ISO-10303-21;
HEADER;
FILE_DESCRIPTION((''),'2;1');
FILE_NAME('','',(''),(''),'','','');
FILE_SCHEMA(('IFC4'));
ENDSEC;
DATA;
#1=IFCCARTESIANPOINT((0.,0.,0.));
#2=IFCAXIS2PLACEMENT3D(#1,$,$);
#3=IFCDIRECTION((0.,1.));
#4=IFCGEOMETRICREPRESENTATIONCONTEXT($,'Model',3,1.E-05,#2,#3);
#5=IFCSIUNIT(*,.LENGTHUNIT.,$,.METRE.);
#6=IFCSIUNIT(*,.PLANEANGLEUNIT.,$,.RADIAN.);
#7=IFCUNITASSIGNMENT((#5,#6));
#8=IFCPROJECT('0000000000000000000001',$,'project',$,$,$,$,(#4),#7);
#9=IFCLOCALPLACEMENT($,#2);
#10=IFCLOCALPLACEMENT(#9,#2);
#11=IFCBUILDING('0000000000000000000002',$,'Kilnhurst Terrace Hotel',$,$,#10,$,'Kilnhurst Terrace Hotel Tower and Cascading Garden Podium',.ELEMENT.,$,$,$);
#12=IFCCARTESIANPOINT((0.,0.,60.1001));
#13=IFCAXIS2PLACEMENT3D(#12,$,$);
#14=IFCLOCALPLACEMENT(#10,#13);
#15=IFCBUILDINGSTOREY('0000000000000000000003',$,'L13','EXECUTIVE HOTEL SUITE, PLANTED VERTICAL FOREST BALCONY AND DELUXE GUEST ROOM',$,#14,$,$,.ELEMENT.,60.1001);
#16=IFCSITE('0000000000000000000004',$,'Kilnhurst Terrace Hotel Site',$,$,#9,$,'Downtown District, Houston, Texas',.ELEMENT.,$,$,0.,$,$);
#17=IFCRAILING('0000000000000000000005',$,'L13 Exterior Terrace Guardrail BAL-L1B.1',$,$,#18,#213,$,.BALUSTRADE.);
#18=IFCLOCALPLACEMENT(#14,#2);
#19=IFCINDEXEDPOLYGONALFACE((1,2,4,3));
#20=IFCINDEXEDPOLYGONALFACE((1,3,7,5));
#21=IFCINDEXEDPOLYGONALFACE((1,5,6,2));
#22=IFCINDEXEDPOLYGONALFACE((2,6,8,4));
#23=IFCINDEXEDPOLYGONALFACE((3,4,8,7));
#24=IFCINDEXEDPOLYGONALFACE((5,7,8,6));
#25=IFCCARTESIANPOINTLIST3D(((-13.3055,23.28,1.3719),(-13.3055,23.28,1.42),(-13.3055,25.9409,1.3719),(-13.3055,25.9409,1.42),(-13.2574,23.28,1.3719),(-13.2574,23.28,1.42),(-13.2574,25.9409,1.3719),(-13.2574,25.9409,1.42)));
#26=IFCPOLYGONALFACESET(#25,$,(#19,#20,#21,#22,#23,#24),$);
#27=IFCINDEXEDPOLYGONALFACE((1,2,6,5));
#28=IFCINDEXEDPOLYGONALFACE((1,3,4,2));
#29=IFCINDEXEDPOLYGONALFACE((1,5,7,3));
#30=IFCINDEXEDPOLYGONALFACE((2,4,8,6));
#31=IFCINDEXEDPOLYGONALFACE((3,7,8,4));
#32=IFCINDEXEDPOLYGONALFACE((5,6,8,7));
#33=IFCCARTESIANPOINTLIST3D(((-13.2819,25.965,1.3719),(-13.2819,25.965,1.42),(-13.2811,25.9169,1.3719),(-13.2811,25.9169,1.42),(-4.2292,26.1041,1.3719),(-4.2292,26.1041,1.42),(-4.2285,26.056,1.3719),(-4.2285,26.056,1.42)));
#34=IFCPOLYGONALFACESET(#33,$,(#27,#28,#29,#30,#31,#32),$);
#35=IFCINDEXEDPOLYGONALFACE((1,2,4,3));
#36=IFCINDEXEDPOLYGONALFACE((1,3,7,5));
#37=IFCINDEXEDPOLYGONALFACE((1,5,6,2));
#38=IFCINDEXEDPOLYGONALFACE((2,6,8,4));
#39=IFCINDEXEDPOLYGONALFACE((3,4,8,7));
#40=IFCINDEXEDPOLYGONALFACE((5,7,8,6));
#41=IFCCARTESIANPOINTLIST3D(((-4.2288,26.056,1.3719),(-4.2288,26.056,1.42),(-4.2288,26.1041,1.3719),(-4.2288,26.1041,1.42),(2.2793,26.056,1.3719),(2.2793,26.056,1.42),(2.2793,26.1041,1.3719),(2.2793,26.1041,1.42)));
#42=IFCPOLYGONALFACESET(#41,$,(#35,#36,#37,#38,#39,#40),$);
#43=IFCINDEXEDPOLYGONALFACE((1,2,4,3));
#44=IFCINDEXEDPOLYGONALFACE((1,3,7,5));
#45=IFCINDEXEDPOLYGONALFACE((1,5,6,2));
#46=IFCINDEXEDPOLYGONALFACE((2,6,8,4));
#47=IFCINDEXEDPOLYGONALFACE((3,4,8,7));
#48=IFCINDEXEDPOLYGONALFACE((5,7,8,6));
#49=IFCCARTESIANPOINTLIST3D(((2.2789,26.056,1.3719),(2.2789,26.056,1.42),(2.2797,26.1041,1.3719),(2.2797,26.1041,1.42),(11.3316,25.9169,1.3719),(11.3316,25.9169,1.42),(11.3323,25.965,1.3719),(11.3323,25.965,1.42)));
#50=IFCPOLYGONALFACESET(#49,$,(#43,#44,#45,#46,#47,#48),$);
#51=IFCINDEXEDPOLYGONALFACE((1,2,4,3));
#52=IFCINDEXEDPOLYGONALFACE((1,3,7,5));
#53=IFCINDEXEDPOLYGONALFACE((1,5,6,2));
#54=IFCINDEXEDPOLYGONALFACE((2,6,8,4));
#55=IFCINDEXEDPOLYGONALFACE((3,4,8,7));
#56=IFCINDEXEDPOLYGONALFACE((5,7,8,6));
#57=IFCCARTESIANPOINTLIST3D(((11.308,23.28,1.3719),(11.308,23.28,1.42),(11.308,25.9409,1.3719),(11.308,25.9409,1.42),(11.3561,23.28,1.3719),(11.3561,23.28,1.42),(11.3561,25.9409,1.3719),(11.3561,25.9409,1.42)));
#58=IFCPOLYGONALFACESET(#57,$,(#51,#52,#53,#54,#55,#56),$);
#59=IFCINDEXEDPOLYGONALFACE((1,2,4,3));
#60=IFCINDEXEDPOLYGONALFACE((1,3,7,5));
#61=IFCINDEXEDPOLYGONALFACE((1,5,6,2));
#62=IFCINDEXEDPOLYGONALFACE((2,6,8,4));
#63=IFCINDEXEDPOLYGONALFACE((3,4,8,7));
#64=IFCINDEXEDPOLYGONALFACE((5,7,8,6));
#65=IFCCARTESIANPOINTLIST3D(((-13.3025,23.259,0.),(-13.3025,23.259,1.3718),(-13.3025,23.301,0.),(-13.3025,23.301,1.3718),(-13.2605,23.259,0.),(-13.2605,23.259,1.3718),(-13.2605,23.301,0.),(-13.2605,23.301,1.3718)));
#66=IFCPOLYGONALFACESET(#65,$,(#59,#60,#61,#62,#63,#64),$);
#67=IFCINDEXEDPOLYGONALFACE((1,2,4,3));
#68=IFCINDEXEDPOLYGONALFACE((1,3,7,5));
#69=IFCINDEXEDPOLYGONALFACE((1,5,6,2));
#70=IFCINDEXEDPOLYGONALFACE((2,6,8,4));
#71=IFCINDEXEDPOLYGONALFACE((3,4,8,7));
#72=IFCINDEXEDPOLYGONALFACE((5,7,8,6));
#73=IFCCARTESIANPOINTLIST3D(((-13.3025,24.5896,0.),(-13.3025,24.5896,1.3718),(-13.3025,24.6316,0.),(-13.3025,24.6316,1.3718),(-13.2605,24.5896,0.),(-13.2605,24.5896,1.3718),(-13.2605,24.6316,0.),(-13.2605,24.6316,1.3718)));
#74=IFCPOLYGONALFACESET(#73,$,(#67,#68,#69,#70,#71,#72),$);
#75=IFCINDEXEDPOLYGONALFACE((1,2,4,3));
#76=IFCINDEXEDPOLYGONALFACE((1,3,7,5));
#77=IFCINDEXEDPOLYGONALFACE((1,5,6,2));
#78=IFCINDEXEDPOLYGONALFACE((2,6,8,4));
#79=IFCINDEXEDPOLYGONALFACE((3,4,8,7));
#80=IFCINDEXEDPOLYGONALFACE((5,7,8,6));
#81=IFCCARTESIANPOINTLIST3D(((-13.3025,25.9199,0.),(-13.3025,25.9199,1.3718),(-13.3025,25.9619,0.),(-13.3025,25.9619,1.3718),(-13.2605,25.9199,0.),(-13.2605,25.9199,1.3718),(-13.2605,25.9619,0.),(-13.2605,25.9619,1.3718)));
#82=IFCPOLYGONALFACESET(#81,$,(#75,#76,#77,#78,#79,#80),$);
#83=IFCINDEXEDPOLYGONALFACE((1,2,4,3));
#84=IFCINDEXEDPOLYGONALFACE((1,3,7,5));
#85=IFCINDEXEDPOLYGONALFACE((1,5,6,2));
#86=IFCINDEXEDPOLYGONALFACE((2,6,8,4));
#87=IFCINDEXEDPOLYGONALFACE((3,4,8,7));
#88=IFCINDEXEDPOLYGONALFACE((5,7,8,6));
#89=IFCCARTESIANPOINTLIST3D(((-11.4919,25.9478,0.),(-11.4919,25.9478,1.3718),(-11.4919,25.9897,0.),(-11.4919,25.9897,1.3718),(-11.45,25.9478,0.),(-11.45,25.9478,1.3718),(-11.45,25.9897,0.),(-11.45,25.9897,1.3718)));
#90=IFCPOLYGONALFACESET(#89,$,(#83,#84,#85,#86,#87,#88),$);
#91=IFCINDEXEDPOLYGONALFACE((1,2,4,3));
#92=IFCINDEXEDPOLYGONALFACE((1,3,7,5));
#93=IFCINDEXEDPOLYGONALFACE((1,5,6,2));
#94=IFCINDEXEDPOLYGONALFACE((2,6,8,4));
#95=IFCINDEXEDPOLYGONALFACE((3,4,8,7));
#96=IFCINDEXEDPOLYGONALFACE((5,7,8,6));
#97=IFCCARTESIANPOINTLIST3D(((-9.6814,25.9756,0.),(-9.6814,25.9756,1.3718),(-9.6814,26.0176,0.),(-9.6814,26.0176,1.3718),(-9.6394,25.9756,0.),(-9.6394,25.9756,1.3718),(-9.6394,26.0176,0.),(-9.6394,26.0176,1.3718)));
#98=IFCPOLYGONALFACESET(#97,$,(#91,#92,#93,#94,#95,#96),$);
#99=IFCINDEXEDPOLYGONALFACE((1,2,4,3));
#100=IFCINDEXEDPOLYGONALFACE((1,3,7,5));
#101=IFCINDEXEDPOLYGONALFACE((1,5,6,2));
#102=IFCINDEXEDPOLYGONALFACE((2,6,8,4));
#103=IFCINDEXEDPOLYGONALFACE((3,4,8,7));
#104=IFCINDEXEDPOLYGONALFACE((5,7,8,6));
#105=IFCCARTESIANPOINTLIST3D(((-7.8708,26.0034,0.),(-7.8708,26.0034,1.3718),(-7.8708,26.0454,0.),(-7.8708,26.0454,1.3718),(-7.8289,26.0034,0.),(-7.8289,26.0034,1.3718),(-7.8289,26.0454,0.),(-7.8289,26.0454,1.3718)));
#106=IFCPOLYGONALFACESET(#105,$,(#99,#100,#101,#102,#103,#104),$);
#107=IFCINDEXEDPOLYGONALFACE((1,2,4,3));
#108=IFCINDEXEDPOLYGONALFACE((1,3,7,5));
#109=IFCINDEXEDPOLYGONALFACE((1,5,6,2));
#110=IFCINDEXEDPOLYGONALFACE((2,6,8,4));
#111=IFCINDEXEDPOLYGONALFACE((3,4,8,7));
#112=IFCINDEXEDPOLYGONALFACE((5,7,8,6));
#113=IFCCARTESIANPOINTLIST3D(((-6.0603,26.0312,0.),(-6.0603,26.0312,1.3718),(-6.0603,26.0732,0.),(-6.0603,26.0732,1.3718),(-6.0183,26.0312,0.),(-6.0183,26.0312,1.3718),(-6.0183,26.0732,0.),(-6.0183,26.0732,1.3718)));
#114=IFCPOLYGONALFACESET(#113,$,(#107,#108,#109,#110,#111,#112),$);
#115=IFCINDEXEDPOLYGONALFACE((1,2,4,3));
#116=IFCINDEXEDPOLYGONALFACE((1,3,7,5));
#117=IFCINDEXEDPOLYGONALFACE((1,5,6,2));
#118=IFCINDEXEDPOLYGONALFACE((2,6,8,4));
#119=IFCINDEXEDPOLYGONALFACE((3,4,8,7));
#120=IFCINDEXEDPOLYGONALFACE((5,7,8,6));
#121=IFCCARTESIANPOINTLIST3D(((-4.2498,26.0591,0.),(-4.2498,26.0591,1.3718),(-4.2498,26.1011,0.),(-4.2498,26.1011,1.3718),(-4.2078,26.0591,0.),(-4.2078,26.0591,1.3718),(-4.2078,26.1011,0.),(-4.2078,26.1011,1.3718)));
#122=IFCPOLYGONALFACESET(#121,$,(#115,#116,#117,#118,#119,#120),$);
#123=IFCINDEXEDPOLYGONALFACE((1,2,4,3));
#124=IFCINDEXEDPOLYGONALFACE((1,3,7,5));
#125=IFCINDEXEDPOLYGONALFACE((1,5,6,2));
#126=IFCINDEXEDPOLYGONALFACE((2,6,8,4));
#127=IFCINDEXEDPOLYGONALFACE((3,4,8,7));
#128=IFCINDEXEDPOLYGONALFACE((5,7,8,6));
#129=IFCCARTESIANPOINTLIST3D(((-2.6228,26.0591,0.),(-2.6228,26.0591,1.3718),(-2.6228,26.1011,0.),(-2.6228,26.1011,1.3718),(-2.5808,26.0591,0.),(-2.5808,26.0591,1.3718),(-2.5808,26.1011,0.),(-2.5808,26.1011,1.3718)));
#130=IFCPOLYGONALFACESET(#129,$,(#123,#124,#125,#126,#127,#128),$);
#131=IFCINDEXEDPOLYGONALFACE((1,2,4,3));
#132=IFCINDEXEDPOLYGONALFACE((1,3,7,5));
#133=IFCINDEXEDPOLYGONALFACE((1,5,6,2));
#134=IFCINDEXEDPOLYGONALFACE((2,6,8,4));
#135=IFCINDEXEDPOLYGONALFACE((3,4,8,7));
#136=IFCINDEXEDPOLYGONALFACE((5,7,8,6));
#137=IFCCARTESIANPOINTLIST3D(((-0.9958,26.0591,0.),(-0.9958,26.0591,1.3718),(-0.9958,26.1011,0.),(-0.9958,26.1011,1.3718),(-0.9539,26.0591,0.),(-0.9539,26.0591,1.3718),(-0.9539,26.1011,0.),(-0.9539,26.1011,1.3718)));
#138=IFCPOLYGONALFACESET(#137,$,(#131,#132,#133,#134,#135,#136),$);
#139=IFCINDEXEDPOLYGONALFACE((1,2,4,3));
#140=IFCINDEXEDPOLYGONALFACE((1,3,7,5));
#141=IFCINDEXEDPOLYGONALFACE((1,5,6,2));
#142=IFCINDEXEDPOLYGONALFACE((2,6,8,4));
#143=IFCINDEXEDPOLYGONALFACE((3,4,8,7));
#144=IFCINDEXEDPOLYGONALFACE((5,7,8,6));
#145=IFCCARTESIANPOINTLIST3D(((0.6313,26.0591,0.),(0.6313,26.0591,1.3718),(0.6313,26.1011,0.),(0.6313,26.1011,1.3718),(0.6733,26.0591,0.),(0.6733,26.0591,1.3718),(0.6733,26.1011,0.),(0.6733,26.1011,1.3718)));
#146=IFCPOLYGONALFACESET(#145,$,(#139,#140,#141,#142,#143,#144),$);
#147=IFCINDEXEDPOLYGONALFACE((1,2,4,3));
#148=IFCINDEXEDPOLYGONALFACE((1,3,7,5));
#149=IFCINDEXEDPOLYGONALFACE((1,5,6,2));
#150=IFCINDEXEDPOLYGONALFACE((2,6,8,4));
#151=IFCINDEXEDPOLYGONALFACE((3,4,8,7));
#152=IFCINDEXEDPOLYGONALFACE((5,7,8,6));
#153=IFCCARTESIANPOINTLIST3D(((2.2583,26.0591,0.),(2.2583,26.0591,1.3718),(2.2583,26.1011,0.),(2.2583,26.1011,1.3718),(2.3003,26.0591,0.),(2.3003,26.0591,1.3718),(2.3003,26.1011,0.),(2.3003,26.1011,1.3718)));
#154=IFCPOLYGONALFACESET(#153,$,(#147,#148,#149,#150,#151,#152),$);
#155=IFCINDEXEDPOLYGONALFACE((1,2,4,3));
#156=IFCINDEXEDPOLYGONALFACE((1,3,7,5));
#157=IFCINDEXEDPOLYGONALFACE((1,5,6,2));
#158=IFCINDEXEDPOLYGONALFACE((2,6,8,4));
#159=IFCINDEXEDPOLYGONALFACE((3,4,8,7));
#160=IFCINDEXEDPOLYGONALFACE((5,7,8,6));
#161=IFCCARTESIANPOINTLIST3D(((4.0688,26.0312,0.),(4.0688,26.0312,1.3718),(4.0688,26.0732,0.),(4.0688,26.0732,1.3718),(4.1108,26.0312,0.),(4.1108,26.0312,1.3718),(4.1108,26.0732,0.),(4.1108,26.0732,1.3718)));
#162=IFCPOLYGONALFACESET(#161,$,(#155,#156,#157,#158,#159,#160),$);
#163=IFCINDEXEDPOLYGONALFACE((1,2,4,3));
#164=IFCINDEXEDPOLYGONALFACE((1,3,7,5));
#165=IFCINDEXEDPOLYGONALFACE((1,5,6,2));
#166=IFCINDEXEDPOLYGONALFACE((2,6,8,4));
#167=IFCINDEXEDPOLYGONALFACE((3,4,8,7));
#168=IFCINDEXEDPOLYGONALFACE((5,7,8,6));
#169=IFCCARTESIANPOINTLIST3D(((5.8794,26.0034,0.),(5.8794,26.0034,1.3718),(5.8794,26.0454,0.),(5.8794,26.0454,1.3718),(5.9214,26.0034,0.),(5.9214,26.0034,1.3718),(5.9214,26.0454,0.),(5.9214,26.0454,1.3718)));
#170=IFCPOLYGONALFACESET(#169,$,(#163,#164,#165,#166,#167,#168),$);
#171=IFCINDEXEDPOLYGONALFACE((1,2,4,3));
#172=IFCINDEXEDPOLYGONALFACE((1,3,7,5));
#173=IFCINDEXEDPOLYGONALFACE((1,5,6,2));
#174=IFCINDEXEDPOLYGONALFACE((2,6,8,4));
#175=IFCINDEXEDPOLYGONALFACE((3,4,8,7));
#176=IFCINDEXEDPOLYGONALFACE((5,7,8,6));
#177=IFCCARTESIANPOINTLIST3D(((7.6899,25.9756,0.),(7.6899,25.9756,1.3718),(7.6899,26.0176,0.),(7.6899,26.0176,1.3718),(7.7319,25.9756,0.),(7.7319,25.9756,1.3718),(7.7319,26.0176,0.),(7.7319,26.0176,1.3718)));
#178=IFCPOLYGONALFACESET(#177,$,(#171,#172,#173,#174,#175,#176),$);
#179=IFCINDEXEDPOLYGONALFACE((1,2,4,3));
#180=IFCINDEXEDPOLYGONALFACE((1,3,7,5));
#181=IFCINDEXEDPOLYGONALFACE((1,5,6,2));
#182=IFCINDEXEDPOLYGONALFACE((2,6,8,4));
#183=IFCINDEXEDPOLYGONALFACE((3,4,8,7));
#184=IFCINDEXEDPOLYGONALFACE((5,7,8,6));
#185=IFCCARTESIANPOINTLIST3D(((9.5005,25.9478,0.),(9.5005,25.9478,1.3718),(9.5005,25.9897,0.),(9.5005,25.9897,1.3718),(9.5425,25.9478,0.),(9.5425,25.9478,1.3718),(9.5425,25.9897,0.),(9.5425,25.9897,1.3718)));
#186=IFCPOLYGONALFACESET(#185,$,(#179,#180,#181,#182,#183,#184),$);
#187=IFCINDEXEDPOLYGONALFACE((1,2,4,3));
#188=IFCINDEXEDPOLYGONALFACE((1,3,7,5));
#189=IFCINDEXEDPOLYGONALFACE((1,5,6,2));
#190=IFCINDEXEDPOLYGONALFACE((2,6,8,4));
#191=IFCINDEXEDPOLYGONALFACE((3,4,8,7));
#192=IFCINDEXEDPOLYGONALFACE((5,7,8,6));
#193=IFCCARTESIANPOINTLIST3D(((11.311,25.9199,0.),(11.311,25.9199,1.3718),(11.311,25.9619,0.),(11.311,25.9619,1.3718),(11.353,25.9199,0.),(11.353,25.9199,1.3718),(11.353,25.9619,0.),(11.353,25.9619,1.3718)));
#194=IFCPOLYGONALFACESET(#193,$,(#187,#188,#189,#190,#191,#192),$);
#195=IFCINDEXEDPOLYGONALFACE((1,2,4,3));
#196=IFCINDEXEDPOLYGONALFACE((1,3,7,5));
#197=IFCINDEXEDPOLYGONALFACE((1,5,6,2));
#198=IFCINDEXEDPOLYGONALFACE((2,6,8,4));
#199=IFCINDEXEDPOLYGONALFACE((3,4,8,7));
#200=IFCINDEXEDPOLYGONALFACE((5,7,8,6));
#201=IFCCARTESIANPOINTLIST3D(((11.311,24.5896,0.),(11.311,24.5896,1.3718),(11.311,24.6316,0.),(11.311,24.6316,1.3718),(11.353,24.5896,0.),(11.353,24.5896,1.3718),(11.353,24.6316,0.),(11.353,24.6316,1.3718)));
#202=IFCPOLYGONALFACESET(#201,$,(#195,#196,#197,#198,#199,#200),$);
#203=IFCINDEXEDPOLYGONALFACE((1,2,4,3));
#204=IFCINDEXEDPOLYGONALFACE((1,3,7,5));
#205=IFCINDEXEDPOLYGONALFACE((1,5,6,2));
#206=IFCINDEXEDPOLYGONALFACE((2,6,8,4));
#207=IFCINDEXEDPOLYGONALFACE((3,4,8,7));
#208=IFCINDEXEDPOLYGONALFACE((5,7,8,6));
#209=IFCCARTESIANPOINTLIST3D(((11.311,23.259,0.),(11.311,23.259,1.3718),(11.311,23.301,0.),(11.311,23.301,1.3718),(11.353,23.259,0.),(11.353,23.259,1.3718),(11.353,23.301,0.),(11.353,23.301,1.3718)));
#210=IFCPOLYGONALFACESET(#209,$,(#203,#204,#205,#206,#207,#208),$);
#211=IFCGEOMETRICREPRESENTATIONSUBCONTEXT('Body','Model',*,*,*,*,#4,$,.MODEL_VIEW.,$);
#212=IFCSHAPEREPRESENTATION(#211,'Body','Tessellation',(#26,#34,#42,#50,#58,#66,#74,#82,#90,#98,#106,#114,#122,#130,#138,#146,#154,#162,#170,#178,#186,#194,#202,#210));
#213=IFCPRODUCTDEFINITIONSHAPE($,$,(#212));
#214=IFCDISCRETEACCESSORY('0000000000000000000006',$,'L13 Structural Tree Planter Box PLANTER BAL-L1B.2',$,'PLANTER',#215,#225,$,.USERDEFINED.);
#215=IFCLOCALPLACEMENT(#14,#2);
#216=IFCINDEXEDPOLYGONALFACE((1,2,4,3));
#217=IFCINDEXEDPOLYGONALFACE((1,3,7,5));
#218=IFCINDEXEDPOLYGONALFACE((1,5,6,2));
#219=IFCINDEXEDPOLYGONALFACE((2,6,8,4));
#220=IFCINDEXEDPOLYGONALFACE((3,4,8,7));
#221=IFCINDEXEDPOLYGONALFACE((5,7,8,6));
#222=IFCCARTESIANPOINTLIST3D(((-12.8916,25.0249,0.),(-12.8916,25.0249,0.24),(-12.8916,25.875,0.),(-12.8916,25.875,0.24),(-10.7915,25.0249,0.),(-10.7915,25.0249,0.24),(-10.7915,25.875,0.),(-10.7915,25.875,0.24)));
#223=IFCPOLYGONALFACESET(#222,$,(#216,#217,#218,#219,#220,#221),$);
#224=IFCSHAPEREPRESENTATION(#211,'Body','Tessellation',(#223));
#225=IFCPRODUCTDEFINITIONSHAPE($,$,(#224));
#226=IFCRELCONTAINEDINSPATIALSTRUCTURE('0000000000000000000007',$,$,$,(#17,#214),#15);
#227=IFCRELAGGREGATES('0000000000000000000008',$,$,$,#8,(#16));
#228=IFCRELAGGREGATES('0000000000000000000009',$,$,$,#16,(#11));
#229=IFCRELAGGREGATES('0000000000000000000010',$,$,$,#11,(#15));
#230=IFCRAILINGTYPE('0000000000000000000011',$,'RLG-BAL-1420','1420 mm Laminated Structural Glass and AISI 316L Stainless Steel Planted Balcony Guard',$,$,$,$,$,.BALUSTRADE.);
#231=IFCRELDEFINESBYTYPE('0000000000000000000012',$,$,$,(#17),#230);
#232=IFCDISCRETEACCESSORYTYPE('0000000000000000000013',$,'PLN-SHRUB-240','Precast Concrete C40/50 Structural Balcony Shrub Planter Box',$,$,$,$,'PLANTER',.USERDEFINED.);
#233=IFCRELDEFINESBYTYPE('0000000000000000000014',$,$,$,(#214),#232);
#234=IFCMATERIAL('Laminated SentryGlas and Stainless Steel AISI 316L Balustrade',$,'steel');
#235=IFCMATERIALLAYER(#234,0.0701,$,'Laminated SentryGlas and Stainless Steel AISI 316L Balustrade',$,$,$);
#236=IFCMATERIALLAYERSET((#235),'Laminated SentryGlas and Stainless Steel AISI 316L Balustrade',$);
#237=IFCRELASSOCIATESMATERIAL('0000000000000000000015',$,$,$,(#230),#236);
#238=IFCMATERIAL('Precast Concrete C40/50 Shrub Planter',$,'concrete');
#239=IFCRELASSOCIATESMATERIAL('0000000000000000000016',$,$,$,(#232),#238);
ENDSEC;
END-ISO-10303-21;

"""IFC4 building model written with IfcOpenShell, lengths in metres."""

from ifc_helpers import new_model, si_unit, direction, frame, origin, origin_2d, place, context, subcontext, project, spatial, rectangle, extrude, material, layer, layer_set, type_object, element, save


model = new_model("IFC4")

# Units and contexts
model_context = context("Model", 3, precision=1e-05, world=origin(), true_north=direction((0.0, 1.0)))
body_context = subcontext(model_context, "Body", "Model", "MODEL_VIEW")
ifc_project = project(units=[si_unit("LENGTHUNIT", "METRE"), si_unit("PLANEANGLEUNIT", "RADIAN")], contexts=[model_context])

# Site, building, storey
site_placement = place(None, origin())
site = spatial("IfcSite", under=ifc_project, at=site_placement, Name="Kilnhurst Terrace Hotel Site", LongName="Downtown District, Houston, Texas", CompositionType="ELEMENT", RefElevation=0.0)
building_placement = place(site_placement, origin())
building = spatial("IfcBuilding", under=site, at=building_placement, Name="Kilnhurst Terrace Hotel", LongName="Kilnhurst Terrace Hotel Tower and Cascading Garden Podium", CompositionType="ELEMENT")
storey_placement = place(building_placement, frame((0.0, 0.0, 60.1001)))
storey = spatial("IfcBuildingStorey", under=building, at=storey_placement, Name="L13", Description="EXECUTIVE HOTEL SUITE, PLANTED VERTICAL FOREST BALCONY AND DELUXE GUEST ROOM", CompositionType="ELEMENT", Elevation=60.1001)

# Railing
ifc_material_1 = material(Name="Laminated SentryGlas and Stainless Steel AISI 316L Balustrade", Category="steel")
ifc_layer_1 = layer(ifc_material_1, 0.0701, Name="Laminated SentryGlas and Stainless Steel AISI 316L Balustrade")
ifc_layer_set_1 = layer_set([ifc_layer_1], Name="Laminated SentryGlas and Stainless Steel AISI 316L Balustrade")
railing_type = type_object("IfcRailingType", Name="RLG-BAL-1420", Description="1420 mm Laminated Structural Glass and AISI 316L Stainless Steel Planted Balcony Guard", PredefinedType="BALUSTRADE", material=ifc_layer_set_1)
railing_placement = place(storey_placement, frame((-13.2815, 23.28, 0.0)))
element("IfcRailing", 1, at=railing_placement, inside=storey, type_object=railing_type, Name="L13 Exterior Terrace Guardrail BAL-L1B.1", PredefinedType="BALUSTRADE", context=body_context, shape_type="SweptSolid", body=[
    extrude(rectangle(XDim=0.0481, YDim=0.0481, at=origin_2d()), frame((0.0, 0.0, 1.396), z_axis=(0.0, 1.0, 0.0), x_axis=(-1.0, 0.0, 0.0)), (0.0, 0.0, 1.0), 2.6609),
    extrude(rectangle(XDim=0.0481, YDim=0.0481, at=origin_2d()), frame((0.0, 2.6609, 1.396), z_axis=(0.999882, 0.01537, 0.0), x_axis=(-0.01537, 0.999882, 0.0)), (0.0, 0.0, 1.0), 9.0537),
    extrude(rectangle(XDim=0.0481, YDim=0.0481, at=origin_2d()), frame((9.0527, 2.8, 1.396), z_axis=(1.0, 0.0, 0.0), x_axis=(0.0, 1.0, 0.0)), (0.0, 0.0, 1.0), 6.5081),
    extrude(rectangle(XDim=0.0481, YDim=0.0481, at=origin_2d()), frame((15.5608, 2.8, 1.396), z_axis=(0.999882, -0.01537, 0.0), x_axis=(0.01537, 0.999882, 0.0)), (0.0, 0.0, 1.0), 9.0537),
    extrude(rectangle(XDim=0.0481, YDim=0.0481, at=origin_2d()), frame((24.6135, 2.6609, 1.396), z_axis=(0.0, -1.0, 0.0), x_axis=(1.0, 0.0, 0.0)), (0.0, 0.0, 1.0), 2.6609),
    extrude(rectangle(XDim=0.042, YDim=0.042, at=origin_2d()), origin(), (0.0, 0.0, 1.0), 1.3718),
    extrude(rectangle(XDim=0.042, YDim=0.042, at=origin_2d()), frame((0.0, 1.3306, 0.0)), (0.0, 0.0, 1.0), 1.3718),
    extrude(rectangle(XDim=0.042, YDim=0.042, at=origin_2d()), frame((0.0, 2.6609, 0.0)), (0.0, 0.0, 1.0), 1.3718),
    extrude(rectangle(XDim=0.042, YDim=0.042, at=origin_2d()), frame((1.8105, 2.6887, 0.0)), (0.0, 0.0, 1.0), 1.3718),
    extrude(rectangle(XDim=0.042, YDim=0.042, at=origin_2d()), frame((3.6211, 2.7166, 0.0)), (0.0, 0.0, 1.0), 1.3718),
    extrude(rectangle(XDim=0.042, YDim=0.042, at=origin_2d()), frame((5.4316, 2.7444, 0.0)), (0.0, 0.0, 1.0), 1.3718),
    extrude(rectangle(XDim=0.042, YDim=0.042, at=origin_2d()), frame((7.2422, 2.7722, 0.0)), (0.0, 0.0, 1.0), 1.3718),
    extrude(rectangle(XDim=0.042, YDim=0.042, at=origin_2d()), frame((9.0527, 2.8, 0.0)), (0.0, 0.0, 1.0), 1.3718),
    extrude(rectangle(XDim=0.042, YDim=0.042, at=origin_2d()), frame((10.6797, 2.8, 0.0)), (0.0, 0.0, 1.0), 1.3718),
    extrude(rectangle(XDim=0.042, YDim=0.042, at=origin_2d()), frame((12.3066, 2.8, 0.0)), (0.0, 0.0, 1.0), 1.3718),
    extrude(rectangle(XDim=0.042, YDim=0.042, at=origin_2d()), frame((13.9338, 2.8, 0.0)), (0.0, 0.0, 1.0), 1.3718),
    extrude(rectangle(XDim=0.042, YDim=0.042, at=origin_2d()), frame((15.5608, 2.8, 0.0)), (0.0, 0.0, 1.0), 1.3718),
    extrude(rectangle(XDim=0.042, YDim=0.042, at=origin_2d()), frame((17.3713, 2.7722, 0.0)), (0.0, 0.0, 1.0), 1.3718),
    extrude(rectangle(XDim=0.042, YDim=0.042, at=origin_2d()), frame((19.1819, 2.7444, 0.0)), (0.0, 0.0, 1.0), 1.3718),
    extrude(rectangle(XDim=0.042, YDim=0.042, at=origin_2d()), frame((20.9924, 2.7166, 0.0)), (0.0, 0.0, 1.0), 1.3718),
    extrude(rectangle(XDim=0.042, YDim=0.042, at=origin_2d()), frame((22.803, 2.6887, 0.0)), (0.0, 0.0, 1.0), 1.3718),
    extrude(rectangle(XDim=0.042, YDim=0.042, at=origin_2d()), frame((24.6135, 2.6609, 0.0)), (0.0, 0.0, 1.0), 1.3718),
    extrude(rectangle(XDim=0.042, YDim=0.042, at=origin_2d()), frame((24.6135, 1.3306, 0.0)), (0.0, 0.0, 1.0), 1.3718),
    extrude(rectangle(XDim=0.042, YDim=0.042, at=origin_2d()), frame((24.6135, 0.0, 0.0)), (0.0, 0.0, 1.0), 1.3718),
])

# Discrete accessory
ifc_material_2 = material(Name="Precast Concrete C40/50 Shrub Planter", Category="concrete")
discrete_accessory_type = type_object("IfcDiscreteAccessoryType", Name="PLN-SHRUB-240", Description="Precast Concrete C40/50 Structural Balcony Shrub Planter Box", ElementType="PLANTER", PredefinedType="USERDEFINED", material=ifc_material_2)
discrete_accessory_placement = place(storey_placement, frame((-11.8416, 25.45, 0.0), z_axis=(0.0, 0.0, 1.0), x_axis=(-1.0, 0.0, 0.0)))
element("IfcDiscreteAccessory", 2, at=discrete_accessory_placement, inside=storey, type_object=discrete_accessory_type, Name="L13 Structural Tree Planter Box PLANTER BAL-L1B.2", ObjectType="PLANTER", PredefinedType="USERDEFINED", context=body_context, shape_type="SweptSolid", body=[
    extrude(rectangle(XDim=2.1001, YDim=0.8501, at=origin_2d()), origin(), (0.0, 0.0, 1.0), 0.24),
])

save(model, "model.ifc")
